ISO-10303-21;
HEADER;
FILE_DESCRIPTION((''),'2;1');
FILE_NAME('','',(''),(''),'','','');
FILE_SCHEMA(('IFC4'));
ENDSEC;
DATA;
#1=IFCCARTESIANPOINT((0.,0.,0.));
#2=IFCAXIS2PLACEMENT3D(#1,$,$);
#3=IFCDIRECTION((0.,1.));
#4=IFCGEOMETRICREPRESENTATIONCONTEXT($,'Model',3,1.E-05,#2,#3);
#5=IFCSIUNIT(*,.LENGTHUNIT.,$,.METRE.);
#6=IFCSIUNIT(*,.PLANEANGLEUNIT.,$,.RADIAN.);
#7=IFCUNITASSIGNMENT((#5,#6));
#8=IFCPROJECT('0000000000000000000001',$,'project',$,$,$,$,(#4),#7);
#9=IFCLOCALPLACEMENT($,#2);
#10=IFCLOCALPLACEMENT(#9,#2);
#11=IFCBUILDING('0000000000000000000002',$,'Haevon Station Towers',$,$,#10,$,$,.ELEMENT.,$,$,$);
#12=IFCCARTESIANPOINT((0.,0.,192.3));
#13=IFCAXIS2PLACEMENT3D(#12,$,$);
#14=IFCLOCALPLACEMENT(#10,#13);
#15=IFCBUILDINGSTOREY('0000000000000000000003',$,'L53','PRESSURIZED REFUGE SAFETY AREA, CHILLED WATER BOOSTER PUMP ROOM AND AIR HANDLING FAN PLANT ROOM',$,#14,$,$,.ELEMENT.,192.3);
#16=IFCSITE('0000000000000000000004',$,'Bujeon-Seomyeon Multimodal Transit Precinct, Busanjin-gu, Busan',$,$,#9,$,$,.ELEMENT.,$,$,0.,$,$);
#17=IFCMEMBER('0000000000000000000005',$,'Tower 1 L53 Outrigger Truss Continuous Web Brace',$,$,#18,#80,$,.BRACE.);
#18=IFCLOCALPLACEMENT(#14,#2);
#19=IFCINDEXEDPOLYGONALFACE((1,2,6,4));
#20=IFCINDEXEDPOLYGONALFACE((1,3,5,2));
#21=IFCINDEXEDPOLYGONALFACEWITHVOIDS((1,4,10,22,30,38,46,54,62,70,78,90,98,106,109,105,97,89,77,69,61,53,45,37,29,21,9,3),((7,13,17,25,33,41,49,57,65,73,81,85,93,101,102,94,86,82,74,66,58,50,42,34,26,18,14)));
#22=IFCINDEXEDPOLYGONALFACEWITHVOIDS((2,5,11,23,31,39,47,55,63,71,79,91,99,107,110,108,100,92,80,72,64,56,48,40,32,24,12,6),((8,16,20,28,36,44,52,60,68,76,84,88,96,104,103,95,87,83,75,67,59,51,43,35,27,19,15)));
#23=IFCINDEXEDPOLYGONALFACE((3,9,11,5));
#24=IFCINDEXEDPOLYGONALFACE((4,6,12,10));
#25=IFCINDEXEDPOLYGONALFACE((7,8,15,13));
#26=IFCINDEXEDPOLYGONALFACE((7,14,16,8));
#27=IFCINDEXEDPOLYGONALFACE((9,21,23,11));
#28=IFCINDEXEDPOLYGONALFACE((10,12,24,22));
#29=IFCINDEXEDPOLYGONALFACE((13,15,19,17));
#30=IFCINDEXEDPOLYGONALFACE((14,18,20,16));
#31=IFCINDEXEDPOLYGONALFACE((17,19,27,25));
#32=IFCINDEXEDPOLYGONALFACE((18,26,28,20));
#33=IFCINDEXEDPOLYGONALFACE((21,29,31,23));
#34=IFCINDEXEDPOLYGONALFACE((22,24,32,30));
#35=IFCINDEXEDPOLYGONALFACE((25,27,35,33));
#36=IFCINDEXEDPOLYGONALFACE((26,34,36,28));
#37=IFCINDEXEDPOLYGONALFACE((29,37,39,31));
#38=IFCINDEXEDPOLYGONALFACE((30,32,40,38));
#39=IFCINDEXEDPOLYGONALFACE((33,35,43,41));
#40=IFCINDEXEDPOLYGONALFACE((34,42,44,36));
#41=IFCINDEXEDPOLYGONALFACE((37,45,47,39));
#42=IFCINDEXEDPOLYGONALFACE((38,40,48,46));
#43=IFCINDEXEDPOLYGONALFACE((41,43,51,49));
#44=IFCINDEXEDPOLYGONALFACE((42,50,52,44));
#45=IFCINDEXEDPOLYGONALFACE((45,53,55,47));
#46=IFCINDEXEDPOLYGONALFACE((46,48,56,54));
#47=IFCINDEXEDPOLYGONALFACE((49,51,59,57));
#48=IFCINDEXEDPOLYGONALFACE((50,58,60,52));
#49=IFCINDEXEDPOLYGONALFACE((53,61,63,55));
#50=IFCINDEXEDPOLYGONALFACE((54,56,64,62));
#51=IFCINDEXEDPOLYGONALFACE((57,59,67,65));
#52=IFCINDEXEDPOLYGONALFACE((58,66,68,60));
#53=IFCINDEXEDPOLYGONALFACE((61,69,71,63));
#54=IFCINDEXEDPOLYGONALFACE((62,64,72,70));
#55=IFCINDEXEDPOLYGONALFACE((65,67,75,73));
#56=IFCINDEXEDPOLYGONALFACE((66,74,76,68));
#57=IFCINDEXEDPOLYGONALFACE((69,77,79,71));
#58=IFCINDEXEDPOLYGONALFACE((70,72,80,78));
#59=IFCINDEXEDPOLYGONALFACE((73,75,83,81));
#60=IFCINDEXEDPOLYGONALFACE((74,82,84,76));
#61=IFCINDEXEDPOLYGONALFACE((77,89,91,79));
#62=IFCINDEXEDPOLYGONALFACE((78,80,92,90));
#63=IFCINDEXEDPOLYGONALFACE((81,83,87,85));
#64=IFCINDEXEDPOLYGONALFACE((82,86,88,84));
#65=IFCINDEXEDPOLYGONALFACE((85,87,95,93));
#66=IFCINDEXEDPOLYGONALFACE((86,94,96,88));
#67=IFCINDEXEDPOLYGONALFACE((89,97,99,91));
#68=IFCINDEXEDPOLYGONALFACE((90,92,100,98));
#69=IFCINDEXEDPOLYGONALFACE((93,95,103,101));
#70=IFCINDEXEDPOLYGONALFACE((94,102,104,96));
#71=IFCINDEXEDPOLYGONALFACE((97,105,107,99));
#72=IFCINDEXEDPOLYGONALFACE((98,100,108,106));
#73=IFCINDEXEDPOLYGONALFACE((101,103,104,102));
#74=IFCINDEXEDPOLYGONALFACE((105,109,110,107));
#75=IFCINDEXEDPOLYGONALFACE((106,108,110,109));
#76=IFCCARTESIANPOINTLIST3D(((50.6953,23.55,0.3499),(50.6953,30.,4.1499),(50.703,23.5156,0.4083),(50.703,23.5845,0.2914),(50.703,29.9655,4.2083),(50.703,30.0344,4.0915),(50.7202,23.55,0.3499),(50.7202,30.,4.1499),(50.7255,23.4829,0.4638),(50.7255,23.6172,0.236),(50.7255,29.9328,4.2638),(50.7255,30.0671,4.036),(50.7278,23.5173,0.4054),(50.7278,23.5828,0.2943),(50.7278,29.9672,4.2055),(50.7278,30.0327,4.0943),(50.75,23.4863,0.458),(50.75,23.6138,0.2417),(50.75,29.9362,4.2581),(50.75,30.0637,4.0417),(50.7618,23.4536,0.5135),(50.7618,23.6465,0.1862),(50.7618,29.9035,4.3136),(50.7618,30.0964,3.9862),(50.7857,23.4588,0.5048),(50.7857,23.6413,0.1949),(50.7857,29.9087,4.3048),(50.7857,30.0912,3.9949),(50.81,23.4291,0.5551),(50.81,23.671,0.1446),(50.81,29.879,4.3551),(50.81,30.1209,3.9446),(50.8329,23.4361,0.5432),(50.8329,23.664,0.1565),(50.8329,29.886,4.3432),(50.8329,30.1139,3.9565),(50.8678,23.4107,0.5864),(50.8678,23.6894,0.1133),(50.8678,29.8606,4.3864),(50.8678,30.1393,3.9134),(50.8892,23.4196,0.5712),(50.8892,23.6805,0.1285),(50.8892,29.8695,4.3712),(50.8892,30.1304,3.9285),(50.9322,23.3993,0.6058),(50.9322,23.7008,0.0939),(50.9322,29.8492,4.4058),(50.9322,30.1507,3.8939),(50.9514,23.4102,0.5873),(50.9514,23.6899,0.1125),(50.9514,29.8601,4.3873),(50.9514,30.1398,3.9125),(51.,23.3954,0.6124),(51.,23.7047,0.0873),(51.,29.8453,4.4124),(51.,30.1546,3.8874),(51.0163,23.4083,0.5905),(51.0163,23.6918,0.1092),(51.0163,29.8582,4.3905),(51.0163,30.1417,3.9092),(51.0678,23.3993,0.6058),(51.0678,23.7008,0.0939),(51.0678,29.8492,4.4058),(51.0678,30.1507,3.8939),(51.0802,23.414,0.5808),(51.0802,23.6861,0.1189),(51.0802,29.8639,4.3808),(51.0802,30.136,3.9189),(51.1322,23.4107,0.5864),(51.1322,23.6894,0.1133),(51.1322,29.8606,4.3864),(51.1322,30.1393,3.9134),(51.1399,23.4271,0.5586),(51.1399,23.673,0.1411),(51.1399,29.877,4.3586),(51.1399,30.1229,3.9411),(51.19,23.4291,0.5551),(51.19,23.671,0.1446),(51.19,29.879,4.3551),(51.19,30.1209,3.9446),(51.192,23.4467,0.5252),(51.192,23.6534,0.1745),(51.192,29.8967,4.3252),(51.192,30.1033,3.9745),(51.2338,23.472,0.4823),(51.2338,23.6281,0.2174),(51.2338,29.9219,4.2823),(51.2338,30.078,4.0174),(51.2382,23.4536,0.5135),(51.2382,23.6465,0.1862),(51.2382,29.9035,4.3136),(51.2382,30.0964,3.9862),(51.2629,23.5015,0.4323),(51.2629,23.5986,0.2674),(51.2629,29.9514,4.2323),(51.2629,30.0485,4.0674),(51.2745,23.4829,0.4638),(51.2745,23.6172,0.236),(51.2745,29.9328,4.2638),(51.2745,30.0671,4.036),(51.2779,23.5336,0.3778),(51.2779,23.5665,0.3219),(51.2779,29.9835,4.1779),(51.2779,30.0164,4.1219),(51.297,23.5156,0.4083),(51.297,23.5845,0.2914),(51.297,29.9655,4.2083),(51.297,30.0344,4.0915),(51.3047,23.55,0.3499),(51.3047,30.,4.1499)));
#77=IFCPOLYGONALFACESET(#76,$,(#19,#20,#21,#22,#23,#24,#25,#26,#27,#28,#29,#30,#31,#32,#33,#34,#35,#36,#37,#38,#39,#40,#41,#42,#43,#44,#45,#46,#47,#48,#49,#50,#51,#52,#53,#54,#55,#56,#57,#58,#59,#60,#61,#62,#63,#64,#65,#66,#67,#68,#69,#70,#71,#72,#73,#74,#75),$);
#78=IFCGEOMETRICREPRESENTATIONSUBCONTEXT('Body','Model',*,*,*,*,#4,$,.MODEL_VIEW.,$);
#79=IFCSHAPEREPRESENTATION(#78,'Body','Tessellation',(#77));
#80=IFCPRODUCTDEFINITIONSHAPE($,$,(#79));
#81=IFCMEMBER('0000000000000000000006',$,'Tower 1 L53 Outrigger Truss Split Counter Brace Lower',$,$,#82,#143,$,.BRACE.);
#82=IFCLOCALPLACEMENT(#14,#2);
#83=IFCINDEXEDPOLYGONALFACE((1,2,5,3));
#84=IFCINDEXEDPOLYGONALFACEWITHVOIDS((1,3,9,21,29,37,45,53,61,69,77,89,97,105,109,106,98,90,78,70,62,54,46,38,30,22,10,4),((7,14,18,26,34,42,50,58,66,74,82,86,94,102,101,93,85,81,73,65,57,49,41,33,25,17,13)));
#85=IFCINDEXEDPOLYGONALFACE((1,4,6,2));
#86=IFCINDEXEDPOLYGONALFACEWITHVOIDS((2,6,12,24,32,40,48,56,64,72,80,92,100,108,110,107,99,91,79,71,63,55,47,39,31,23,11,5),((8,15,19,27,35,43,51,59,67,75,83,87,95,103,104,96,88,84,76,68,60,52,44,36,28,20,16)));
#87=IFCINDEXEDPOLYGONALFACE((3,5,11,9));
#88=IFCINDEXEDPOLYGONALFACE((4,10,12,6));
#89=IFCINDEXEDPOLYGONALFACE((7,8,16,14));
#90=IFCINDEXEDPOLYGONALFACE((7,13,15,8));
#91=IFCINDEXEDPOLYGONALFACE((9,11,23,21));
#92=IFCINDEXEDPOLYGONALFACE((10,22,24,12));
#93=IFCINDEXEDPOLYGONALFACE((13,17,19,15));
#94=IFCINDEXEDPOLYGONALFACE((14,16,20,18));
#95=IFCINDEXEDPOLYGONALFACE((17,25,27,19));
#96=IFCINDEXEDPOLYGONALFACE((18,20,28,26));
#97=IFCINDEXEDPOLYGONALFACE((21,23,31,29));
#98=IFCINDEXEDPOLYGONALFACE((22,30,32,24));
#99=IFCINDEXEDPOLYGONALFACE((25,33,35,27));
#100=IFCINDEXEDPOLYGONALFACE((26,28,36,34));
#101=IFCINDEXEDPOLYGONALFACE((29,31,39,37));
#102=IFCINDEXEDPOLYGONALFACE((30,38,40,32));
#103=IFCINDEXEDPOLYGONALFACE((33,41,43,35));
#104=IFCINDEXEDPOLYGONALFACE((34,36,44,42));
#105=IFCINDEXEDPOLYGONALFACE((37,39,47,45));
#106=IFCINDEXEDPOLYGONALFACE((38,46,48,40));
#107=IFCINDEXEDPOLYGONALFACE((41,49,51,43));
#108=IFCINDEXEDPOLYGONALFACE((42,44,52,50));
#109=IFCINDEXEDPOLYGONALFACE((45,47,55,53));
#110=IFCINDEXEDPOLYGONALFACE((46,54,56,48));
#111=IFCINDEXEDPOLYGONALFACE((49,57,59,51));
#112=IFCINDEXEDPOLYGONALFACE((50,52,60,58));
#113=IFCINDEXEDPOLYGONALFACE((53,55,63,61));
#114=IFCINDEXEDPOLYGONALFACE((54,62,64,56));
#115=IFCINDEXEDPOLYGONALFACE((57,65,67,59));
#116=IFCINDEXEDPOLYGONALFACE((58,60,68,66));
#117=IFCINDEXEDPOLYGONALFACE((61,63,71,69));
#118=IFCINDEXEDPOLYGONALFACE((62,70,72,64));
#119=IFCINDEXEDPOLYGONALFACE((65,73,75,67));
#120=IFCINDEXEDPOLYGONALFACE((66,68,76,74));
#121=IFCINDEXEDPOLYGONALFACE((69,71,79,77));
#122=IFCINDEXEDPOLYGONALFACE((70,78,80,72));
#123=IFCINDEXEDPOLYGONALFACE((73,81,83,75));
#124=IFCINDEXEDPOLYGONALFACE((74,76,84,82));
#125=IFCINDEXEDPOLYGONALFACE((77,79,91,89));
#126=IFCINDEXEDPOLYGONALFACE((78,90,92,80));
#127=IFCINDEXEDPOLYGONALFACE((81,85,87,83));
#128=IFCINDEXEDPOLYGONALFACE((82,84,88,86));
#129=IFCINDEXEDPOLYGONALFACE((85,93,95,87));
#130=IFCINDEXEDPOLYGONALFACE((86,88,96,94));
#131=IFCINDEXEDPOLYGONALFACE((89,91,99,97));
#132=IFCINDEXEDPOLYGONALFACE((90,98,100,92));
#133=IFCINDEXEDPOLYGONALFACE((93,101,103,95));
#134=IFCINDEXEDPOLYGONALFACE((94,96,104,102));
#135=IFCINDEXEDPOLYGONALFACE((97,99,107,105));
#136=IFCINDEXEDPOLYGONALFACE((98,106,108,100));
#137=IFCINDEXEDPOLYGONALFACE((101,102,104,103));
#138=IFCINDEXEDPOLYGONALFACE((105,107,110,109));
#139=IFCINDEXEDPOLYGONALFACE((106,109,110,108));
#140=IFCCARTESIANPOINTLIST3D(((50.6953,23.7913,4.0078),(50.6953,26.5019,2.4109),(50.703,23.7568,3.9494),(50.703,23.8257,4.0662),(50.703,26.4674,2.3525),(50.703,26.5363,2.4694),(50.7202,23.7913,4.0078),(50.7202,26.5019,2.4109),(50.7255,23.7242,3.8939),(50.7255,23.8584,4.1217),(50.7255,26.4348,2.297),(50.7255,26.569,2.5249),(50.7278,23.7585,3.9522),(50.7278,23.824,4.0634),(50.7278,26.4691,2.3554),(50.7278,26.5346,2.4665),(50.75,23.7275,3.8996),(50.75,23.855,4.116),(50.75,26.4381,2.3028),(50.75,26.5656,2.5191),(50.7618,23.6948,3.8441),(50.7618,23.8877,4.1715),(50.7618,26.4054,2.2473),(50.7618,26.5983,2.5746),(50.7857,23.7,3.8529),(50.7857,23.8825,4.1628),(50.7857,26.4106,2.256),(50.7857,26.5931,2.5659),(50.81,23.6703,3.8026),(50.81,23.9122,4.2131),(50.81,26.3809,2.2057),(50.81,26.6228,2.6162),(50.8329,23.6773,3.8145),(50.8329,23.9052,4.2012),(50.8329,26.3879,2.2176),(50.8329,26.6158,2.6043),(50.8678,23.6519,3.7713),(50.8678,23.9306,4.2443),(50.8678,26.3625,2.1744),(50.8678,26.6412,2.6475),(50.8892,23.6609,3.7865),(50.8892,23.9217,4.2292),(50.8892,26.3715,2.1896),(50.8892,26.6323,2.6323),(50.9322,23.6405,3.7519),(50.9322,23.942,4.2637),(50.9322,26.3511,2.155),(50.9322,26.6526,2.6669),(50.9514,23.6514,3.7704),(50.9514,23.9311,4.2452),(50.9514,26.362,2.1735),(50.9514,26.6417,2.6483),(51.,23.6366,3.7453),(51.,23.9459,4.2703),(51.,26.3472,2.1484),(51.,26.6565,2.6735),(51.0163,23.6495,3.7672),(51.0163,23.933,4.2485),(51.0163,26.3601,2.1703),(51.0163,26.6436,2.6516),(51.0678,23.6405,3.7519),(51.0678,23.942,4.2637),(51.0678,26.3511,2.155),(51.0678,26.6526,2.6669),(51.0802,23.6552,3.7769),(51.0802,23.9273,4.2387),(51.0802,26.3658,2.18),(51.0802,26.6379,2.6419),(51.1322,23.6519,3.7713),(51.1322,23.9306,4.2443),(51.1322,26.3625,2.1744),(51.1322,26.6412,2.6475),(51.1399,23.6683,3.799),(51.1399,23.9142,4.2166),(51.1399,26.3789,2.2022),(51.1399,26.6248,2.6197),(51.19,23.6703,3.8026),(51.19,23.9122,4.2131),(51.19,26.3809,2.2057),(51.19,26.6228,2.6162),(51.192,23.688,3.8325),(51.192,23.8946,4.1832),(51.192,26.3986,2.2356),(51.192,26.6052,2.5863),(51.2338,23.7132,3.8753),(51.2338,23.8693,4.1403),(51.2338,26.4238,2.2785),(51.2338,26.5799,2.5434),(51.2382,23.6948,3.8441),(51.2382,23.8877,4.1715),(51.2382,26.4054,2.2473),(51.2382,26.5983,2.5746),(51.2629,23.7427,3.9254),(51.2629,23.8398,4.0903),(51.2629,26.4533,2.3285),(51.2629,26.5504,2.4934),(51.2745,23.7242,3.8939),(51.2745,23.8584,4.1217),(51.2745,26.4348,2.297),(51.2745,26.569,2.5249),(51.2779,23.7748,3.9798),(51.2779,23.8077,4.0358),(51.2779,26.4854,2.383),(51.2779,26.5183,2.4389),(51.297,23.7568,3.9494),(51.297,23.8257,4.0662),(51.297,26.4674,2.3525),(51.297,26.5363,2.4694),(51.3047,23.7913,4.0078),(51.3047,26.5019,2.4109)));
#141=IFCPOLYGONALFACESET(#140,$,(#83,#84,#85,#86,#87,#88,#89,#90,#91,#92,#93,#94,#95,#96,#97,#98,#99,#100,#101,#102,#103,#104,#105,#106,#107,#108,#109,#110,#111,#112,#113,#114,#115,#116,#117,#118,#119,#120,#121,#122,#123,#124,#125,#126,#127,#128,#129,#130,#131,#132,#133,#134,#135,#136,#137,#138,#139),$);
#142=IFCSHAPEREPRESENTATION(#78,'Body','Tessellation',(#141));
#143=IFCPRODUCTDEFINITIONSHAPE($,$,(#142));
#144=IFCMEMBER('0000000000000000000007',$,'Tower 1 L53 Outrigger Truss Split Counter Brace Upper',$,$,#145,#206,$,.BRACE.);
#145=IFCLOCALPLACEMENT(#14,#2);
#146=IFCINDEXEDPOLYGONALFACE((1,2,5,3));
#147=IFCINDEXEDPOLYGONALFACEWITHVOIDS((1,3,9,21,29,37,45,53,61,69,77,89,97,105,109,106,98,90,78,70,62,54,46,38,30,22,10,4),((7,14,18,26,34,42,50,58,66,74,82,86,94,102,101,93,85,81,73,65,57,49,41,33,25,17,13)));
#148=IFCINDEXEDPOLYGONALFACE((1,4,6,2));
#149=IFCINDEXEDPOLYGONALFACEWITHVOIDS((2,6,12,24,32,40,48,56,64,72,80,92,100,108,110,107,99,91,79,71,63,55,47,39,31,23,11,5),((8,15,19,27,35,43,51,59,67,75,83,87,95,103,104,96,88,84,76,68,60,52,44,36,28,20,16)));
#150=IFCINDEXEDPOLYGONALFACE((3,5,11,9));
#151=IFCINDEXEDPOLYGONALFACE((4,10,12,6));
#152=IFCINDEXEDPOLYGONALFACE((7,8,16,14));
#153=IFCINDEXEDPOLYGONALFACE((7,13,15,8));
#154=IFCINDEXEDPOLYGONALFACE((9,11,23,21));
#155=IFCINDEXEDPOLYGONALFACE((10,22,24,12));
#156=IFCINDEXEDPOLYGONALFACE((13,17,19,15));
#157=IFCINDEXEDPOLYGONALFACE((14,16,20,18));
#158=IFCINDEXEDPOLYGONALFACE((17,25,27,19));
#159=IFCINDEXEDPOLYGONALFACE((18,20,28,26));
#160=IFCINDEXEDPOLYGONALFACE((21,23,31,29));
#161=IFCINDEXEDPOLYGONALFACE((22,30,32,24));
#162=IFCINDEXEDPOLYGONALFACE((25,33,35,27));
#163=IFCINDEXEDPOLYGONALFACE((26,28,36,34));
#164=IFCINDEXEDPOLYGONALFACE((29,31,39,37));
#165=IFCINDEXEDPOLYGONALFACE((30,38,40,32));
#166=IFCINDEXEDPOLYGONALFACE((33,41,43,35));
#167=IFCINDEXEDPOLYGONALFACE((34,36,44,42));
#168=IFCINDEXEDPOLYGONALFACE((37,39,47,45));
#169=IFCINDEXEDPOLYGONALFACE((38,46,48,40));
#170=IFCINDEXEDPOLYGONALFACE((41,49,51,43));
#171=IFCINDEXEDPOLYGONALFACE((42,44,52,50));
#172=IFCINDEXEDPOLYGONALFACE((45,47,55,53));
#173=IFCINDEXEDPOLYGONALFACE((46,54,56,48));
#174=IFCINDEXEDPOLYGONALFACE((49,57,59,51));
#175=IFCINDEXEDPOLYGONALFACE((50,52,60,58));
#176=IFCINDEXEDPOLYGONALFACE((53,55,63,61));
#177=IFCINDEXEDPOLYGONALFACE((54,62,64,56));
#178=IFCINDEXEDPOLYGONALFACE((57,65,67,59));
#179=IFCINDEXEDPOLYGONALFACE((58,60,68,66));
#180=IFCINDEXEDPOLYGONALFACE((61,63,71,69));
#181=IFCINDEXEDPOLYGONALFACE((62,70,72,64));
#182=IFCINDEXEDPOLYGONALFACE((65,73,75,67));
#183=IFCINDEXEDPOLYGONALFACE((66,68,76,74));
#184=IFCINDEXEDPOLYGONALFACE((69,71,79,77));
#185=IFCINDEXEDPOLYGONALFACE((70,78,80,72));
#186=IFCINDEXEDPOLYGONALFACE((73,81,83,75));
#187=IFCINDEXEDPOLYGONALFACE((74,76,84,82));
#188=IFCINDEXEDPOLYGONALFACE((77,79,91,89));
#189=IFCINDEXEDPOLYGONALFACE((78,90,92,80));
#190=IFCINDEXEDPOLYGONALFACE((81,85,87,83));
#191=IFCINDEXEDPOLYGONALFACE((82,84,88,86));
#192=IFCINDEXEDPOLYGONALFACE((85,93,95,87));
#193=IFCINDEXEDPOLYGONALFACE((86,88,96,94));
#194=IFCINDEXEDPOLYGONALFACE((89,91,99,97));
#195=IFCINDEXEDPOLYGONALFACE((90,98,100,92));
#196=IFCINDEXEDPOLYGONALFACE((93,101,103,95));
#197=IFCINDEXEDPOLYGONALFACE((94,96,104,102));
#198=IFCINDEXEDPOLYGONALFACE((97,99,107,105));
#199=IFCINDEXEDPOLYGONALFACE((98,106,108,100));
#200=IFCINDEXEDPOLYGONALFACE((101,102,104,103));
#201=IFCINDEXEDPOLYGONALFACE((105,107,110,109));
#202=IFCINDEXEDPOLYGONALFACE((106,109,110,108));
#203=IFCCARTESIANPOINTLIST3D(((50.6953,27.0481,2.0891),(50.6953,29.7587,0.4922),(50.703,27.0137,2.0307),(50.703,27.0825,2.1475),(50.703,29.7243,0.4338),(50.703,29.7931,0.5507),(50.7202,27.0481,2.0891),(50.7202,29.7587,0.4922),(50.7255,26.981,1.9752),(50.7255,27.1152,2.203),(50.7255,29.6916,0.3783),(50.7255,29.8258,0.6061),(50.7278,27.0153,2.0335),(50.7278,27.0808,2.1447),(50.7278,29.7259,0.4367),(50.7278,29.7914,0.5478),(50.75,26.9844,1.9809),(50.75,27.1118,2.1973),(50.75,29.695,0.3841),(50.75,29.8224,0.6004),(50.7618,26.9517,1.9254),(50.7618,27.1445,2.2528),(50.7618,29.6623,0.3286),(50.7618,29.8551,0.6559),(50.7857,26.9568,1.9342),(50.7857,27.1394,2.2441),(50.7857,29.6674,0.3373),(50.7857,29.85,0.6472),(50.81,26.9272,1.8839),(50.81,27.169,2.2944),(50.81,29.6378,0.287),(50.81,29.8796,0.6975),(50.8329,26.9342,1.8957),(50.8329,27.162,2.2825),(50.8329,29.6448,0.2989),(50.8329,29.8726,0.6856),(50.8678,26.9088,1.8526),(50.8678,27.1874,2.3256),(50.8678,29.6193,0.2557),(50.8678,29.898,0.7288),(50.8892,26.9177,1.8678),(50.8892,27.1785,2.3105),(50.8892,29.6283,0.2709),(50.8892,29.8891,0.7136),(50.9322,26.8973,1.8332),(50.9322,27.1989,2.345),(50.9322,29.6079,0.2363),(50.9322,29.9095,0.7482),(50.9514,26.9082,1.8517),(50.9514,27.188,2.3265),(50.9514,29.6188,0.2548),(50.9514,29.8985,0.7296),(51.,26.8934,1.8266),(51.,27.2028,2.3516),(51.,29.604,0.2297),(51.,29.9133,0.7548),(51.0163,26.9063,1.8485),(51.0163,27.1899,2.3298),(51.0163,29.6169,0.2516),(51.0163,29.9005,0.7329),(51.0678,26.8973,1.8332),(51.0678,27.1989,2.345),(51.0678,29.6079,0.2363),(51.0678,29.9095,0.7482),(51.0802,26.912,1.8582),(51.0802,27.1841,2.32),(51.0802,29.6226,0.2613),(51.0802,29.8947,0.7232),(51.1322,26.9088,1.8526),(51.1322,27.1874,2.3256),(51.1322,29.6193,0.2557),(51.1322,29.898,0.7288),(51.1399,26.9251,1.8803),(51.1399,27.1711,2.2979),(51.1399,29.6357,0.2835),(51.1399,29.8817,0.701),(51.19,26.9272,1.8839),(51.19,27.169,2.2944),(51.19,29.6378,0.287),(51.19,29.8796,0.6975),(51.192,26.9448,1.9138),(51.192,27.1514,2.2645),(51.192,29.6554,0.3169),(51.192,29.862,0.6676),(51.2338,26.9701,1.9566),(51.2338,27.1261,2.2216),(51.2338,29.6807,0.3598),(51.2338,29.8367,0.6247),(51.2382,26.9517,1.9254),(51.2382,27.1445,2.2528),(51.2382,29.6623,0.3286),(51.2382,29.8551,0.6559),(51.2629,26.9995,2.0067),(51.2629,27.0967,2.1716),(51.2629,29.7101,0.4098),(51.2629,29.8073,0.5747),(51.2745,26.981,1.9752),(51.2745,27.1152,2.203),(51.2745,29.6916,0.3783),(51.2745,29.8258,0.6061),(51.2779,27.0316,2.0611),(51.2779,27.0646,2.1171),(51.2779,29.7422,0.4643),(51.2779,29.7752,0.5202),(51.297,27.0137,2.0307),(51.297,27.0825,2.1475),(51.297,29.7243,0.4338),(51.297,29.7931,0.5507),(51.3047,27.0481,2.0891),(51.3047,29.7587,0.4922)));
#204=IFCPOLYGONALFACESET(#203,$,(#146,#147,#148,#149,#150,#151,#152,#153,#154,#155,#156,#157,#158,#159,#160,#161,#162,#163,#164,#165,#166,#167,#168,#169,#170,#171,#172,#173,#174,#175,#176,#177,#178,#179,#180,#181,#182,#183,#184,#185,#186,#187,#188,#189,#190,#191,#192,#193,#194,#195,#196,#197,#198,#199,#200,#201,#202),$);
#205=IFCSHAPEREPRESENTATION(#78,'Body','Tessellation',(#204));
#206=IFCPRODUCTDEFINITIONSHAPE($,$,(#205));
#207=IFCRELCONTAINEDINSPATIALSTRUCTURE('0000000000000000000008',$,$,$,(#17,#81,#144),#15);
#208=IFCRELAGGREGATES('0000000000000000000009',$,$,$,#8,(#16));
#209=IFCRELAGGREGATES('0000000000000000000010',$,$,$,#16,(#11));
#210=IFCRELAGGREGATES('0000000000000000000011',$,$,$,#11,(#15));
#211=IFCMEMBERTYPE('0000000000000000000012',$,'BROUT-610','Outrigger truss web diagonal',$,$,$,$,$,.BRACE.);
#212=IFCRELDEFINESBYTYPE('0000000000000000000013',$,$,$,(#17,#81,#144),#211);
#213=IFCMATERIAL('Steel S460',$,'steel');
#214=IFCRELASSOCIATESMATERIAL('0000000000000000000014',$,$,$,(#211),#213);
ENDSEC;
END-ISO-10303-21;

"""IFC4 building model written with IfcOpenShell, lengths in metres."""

from ifc_helpers import new_model, si_unit, direction, frame, origin, origin_2d, place, context, subcontext, project, spatial, hollow_circle, extrude, material, material_profile, profile_set, type_object, element, save


model = new_model("IFC4")

# Units and contexts
model_context = context("Model", 3, precision=1e-05, world=origin(), true_north=direction((0.0, 1.0)))
body_context = subcontext(model_context, "Body", "Model", "MODEL_VIEW")
ifc_project = project(units=[si_unit("LENGTHUNIT", "METRE"), si_unit("PLANEANGLEUNIT", "RADIAN")], contexts=[model_context])

# Site, building, storey
site_placement = place(None, origin())
site = spatial("IfcSite", under=ifc_project, at=site_placement, Name="Bujeon-Seomyeon Multimodal Transit Precinct, Busanjin-gu, Busan", CompositionType="ELEMENT", RefElevation=0.0)
building_placement = place(site_placement, origin())
building = spatial("IfcBuilding", under=site, at=building_placement, Name="Haevon Station Towers", CompositionType="ELEMENT")
storey_placement = place(building_placement, frame((0.0, 0.0, 192.3)))
storey = spatial("IfcBuildingStorey", under=building, at=storey_placement, Name="L53", Description="PRESSURIZED REFUGE SAFETY AREA, CHILLED WATER BOOSTER PUMP ROOM AND AIR HANDLING FAN PLANT ROOM", CompositionType="ELEMENT", Elevation=192.3)

# Shared definitions
ifc_material_1 = material(Name="Steel S460", Category="steel")

# Members
ifc_material_profile_1 = material_profile(ifc_material_1, hollow_circle(Radius=0.3047, WallThickness=0.0249, at=origin_2d()), Name="CHS-609.6x25")
ifc_profile_set_1 = profile_set([ifc_material_profile_1], Name="Steel S460")
member_type_1 = type_object("IfcMemberType", Name="BROUT-610", Description="Outrigger truss web diagonal", PredefinedType="BRACE", material=ifc_profile_set_1)
member_1_placement = place(storey_placement, frame((51.0, 23.55, 0.3499), z_axis=(0.0, 0.861586, 0.507611), x_axis=(-1.0, 0.0, 0.0)))
element("IfcMember", 1, at=member_1_placement, inside=storey, type_object=member_type_1, Name="Tower 1 L53 Outrigger Truss Continuous Web Brace", PredefinedType="BRACE", context=body_context, shape_type="SweptSolid", body=[
    extrude(hollow_circle(Radius=0.3047, WallThickness=0.0249, at=origin_2d()), origin(), (0.0, 0.0, 1.0), 7.4861),
])
for number, where, z_axis, x_axis, name in (
    (2, (51.0, 23.7913, 4.0078), (0.0, 0.861601, -0.507586), (-1.0, 0.0, 0.0), "Tower 1 L53 Outrigger Truss Split Counter Brace Lower"),
    (3, (51.0, 27.0481, 2.0891), (0.0, 0.861601, -0.507586), (-1.0, 0.0, 0.0), "Tower 1 L53 Outrigger Truss Split Counter Brace Upper"),
):
    element("IfcMember", number, at=place(storey_placement, frame(where, z_axis=z_axis, x_axis=x_axis)), inside=storey, type_object=member_type_1, Name=name, PredefinedType="BRACE", context=body_context, shape_type="SweptSolid", body=[
        extrude(hollow_circle(Radius=0.3047, WallThickness=0.0249, at=origin_2d()), origin(), (0.0, 0.0, 1.0), 3.146),
    ])

save(model, "model.ifc")
